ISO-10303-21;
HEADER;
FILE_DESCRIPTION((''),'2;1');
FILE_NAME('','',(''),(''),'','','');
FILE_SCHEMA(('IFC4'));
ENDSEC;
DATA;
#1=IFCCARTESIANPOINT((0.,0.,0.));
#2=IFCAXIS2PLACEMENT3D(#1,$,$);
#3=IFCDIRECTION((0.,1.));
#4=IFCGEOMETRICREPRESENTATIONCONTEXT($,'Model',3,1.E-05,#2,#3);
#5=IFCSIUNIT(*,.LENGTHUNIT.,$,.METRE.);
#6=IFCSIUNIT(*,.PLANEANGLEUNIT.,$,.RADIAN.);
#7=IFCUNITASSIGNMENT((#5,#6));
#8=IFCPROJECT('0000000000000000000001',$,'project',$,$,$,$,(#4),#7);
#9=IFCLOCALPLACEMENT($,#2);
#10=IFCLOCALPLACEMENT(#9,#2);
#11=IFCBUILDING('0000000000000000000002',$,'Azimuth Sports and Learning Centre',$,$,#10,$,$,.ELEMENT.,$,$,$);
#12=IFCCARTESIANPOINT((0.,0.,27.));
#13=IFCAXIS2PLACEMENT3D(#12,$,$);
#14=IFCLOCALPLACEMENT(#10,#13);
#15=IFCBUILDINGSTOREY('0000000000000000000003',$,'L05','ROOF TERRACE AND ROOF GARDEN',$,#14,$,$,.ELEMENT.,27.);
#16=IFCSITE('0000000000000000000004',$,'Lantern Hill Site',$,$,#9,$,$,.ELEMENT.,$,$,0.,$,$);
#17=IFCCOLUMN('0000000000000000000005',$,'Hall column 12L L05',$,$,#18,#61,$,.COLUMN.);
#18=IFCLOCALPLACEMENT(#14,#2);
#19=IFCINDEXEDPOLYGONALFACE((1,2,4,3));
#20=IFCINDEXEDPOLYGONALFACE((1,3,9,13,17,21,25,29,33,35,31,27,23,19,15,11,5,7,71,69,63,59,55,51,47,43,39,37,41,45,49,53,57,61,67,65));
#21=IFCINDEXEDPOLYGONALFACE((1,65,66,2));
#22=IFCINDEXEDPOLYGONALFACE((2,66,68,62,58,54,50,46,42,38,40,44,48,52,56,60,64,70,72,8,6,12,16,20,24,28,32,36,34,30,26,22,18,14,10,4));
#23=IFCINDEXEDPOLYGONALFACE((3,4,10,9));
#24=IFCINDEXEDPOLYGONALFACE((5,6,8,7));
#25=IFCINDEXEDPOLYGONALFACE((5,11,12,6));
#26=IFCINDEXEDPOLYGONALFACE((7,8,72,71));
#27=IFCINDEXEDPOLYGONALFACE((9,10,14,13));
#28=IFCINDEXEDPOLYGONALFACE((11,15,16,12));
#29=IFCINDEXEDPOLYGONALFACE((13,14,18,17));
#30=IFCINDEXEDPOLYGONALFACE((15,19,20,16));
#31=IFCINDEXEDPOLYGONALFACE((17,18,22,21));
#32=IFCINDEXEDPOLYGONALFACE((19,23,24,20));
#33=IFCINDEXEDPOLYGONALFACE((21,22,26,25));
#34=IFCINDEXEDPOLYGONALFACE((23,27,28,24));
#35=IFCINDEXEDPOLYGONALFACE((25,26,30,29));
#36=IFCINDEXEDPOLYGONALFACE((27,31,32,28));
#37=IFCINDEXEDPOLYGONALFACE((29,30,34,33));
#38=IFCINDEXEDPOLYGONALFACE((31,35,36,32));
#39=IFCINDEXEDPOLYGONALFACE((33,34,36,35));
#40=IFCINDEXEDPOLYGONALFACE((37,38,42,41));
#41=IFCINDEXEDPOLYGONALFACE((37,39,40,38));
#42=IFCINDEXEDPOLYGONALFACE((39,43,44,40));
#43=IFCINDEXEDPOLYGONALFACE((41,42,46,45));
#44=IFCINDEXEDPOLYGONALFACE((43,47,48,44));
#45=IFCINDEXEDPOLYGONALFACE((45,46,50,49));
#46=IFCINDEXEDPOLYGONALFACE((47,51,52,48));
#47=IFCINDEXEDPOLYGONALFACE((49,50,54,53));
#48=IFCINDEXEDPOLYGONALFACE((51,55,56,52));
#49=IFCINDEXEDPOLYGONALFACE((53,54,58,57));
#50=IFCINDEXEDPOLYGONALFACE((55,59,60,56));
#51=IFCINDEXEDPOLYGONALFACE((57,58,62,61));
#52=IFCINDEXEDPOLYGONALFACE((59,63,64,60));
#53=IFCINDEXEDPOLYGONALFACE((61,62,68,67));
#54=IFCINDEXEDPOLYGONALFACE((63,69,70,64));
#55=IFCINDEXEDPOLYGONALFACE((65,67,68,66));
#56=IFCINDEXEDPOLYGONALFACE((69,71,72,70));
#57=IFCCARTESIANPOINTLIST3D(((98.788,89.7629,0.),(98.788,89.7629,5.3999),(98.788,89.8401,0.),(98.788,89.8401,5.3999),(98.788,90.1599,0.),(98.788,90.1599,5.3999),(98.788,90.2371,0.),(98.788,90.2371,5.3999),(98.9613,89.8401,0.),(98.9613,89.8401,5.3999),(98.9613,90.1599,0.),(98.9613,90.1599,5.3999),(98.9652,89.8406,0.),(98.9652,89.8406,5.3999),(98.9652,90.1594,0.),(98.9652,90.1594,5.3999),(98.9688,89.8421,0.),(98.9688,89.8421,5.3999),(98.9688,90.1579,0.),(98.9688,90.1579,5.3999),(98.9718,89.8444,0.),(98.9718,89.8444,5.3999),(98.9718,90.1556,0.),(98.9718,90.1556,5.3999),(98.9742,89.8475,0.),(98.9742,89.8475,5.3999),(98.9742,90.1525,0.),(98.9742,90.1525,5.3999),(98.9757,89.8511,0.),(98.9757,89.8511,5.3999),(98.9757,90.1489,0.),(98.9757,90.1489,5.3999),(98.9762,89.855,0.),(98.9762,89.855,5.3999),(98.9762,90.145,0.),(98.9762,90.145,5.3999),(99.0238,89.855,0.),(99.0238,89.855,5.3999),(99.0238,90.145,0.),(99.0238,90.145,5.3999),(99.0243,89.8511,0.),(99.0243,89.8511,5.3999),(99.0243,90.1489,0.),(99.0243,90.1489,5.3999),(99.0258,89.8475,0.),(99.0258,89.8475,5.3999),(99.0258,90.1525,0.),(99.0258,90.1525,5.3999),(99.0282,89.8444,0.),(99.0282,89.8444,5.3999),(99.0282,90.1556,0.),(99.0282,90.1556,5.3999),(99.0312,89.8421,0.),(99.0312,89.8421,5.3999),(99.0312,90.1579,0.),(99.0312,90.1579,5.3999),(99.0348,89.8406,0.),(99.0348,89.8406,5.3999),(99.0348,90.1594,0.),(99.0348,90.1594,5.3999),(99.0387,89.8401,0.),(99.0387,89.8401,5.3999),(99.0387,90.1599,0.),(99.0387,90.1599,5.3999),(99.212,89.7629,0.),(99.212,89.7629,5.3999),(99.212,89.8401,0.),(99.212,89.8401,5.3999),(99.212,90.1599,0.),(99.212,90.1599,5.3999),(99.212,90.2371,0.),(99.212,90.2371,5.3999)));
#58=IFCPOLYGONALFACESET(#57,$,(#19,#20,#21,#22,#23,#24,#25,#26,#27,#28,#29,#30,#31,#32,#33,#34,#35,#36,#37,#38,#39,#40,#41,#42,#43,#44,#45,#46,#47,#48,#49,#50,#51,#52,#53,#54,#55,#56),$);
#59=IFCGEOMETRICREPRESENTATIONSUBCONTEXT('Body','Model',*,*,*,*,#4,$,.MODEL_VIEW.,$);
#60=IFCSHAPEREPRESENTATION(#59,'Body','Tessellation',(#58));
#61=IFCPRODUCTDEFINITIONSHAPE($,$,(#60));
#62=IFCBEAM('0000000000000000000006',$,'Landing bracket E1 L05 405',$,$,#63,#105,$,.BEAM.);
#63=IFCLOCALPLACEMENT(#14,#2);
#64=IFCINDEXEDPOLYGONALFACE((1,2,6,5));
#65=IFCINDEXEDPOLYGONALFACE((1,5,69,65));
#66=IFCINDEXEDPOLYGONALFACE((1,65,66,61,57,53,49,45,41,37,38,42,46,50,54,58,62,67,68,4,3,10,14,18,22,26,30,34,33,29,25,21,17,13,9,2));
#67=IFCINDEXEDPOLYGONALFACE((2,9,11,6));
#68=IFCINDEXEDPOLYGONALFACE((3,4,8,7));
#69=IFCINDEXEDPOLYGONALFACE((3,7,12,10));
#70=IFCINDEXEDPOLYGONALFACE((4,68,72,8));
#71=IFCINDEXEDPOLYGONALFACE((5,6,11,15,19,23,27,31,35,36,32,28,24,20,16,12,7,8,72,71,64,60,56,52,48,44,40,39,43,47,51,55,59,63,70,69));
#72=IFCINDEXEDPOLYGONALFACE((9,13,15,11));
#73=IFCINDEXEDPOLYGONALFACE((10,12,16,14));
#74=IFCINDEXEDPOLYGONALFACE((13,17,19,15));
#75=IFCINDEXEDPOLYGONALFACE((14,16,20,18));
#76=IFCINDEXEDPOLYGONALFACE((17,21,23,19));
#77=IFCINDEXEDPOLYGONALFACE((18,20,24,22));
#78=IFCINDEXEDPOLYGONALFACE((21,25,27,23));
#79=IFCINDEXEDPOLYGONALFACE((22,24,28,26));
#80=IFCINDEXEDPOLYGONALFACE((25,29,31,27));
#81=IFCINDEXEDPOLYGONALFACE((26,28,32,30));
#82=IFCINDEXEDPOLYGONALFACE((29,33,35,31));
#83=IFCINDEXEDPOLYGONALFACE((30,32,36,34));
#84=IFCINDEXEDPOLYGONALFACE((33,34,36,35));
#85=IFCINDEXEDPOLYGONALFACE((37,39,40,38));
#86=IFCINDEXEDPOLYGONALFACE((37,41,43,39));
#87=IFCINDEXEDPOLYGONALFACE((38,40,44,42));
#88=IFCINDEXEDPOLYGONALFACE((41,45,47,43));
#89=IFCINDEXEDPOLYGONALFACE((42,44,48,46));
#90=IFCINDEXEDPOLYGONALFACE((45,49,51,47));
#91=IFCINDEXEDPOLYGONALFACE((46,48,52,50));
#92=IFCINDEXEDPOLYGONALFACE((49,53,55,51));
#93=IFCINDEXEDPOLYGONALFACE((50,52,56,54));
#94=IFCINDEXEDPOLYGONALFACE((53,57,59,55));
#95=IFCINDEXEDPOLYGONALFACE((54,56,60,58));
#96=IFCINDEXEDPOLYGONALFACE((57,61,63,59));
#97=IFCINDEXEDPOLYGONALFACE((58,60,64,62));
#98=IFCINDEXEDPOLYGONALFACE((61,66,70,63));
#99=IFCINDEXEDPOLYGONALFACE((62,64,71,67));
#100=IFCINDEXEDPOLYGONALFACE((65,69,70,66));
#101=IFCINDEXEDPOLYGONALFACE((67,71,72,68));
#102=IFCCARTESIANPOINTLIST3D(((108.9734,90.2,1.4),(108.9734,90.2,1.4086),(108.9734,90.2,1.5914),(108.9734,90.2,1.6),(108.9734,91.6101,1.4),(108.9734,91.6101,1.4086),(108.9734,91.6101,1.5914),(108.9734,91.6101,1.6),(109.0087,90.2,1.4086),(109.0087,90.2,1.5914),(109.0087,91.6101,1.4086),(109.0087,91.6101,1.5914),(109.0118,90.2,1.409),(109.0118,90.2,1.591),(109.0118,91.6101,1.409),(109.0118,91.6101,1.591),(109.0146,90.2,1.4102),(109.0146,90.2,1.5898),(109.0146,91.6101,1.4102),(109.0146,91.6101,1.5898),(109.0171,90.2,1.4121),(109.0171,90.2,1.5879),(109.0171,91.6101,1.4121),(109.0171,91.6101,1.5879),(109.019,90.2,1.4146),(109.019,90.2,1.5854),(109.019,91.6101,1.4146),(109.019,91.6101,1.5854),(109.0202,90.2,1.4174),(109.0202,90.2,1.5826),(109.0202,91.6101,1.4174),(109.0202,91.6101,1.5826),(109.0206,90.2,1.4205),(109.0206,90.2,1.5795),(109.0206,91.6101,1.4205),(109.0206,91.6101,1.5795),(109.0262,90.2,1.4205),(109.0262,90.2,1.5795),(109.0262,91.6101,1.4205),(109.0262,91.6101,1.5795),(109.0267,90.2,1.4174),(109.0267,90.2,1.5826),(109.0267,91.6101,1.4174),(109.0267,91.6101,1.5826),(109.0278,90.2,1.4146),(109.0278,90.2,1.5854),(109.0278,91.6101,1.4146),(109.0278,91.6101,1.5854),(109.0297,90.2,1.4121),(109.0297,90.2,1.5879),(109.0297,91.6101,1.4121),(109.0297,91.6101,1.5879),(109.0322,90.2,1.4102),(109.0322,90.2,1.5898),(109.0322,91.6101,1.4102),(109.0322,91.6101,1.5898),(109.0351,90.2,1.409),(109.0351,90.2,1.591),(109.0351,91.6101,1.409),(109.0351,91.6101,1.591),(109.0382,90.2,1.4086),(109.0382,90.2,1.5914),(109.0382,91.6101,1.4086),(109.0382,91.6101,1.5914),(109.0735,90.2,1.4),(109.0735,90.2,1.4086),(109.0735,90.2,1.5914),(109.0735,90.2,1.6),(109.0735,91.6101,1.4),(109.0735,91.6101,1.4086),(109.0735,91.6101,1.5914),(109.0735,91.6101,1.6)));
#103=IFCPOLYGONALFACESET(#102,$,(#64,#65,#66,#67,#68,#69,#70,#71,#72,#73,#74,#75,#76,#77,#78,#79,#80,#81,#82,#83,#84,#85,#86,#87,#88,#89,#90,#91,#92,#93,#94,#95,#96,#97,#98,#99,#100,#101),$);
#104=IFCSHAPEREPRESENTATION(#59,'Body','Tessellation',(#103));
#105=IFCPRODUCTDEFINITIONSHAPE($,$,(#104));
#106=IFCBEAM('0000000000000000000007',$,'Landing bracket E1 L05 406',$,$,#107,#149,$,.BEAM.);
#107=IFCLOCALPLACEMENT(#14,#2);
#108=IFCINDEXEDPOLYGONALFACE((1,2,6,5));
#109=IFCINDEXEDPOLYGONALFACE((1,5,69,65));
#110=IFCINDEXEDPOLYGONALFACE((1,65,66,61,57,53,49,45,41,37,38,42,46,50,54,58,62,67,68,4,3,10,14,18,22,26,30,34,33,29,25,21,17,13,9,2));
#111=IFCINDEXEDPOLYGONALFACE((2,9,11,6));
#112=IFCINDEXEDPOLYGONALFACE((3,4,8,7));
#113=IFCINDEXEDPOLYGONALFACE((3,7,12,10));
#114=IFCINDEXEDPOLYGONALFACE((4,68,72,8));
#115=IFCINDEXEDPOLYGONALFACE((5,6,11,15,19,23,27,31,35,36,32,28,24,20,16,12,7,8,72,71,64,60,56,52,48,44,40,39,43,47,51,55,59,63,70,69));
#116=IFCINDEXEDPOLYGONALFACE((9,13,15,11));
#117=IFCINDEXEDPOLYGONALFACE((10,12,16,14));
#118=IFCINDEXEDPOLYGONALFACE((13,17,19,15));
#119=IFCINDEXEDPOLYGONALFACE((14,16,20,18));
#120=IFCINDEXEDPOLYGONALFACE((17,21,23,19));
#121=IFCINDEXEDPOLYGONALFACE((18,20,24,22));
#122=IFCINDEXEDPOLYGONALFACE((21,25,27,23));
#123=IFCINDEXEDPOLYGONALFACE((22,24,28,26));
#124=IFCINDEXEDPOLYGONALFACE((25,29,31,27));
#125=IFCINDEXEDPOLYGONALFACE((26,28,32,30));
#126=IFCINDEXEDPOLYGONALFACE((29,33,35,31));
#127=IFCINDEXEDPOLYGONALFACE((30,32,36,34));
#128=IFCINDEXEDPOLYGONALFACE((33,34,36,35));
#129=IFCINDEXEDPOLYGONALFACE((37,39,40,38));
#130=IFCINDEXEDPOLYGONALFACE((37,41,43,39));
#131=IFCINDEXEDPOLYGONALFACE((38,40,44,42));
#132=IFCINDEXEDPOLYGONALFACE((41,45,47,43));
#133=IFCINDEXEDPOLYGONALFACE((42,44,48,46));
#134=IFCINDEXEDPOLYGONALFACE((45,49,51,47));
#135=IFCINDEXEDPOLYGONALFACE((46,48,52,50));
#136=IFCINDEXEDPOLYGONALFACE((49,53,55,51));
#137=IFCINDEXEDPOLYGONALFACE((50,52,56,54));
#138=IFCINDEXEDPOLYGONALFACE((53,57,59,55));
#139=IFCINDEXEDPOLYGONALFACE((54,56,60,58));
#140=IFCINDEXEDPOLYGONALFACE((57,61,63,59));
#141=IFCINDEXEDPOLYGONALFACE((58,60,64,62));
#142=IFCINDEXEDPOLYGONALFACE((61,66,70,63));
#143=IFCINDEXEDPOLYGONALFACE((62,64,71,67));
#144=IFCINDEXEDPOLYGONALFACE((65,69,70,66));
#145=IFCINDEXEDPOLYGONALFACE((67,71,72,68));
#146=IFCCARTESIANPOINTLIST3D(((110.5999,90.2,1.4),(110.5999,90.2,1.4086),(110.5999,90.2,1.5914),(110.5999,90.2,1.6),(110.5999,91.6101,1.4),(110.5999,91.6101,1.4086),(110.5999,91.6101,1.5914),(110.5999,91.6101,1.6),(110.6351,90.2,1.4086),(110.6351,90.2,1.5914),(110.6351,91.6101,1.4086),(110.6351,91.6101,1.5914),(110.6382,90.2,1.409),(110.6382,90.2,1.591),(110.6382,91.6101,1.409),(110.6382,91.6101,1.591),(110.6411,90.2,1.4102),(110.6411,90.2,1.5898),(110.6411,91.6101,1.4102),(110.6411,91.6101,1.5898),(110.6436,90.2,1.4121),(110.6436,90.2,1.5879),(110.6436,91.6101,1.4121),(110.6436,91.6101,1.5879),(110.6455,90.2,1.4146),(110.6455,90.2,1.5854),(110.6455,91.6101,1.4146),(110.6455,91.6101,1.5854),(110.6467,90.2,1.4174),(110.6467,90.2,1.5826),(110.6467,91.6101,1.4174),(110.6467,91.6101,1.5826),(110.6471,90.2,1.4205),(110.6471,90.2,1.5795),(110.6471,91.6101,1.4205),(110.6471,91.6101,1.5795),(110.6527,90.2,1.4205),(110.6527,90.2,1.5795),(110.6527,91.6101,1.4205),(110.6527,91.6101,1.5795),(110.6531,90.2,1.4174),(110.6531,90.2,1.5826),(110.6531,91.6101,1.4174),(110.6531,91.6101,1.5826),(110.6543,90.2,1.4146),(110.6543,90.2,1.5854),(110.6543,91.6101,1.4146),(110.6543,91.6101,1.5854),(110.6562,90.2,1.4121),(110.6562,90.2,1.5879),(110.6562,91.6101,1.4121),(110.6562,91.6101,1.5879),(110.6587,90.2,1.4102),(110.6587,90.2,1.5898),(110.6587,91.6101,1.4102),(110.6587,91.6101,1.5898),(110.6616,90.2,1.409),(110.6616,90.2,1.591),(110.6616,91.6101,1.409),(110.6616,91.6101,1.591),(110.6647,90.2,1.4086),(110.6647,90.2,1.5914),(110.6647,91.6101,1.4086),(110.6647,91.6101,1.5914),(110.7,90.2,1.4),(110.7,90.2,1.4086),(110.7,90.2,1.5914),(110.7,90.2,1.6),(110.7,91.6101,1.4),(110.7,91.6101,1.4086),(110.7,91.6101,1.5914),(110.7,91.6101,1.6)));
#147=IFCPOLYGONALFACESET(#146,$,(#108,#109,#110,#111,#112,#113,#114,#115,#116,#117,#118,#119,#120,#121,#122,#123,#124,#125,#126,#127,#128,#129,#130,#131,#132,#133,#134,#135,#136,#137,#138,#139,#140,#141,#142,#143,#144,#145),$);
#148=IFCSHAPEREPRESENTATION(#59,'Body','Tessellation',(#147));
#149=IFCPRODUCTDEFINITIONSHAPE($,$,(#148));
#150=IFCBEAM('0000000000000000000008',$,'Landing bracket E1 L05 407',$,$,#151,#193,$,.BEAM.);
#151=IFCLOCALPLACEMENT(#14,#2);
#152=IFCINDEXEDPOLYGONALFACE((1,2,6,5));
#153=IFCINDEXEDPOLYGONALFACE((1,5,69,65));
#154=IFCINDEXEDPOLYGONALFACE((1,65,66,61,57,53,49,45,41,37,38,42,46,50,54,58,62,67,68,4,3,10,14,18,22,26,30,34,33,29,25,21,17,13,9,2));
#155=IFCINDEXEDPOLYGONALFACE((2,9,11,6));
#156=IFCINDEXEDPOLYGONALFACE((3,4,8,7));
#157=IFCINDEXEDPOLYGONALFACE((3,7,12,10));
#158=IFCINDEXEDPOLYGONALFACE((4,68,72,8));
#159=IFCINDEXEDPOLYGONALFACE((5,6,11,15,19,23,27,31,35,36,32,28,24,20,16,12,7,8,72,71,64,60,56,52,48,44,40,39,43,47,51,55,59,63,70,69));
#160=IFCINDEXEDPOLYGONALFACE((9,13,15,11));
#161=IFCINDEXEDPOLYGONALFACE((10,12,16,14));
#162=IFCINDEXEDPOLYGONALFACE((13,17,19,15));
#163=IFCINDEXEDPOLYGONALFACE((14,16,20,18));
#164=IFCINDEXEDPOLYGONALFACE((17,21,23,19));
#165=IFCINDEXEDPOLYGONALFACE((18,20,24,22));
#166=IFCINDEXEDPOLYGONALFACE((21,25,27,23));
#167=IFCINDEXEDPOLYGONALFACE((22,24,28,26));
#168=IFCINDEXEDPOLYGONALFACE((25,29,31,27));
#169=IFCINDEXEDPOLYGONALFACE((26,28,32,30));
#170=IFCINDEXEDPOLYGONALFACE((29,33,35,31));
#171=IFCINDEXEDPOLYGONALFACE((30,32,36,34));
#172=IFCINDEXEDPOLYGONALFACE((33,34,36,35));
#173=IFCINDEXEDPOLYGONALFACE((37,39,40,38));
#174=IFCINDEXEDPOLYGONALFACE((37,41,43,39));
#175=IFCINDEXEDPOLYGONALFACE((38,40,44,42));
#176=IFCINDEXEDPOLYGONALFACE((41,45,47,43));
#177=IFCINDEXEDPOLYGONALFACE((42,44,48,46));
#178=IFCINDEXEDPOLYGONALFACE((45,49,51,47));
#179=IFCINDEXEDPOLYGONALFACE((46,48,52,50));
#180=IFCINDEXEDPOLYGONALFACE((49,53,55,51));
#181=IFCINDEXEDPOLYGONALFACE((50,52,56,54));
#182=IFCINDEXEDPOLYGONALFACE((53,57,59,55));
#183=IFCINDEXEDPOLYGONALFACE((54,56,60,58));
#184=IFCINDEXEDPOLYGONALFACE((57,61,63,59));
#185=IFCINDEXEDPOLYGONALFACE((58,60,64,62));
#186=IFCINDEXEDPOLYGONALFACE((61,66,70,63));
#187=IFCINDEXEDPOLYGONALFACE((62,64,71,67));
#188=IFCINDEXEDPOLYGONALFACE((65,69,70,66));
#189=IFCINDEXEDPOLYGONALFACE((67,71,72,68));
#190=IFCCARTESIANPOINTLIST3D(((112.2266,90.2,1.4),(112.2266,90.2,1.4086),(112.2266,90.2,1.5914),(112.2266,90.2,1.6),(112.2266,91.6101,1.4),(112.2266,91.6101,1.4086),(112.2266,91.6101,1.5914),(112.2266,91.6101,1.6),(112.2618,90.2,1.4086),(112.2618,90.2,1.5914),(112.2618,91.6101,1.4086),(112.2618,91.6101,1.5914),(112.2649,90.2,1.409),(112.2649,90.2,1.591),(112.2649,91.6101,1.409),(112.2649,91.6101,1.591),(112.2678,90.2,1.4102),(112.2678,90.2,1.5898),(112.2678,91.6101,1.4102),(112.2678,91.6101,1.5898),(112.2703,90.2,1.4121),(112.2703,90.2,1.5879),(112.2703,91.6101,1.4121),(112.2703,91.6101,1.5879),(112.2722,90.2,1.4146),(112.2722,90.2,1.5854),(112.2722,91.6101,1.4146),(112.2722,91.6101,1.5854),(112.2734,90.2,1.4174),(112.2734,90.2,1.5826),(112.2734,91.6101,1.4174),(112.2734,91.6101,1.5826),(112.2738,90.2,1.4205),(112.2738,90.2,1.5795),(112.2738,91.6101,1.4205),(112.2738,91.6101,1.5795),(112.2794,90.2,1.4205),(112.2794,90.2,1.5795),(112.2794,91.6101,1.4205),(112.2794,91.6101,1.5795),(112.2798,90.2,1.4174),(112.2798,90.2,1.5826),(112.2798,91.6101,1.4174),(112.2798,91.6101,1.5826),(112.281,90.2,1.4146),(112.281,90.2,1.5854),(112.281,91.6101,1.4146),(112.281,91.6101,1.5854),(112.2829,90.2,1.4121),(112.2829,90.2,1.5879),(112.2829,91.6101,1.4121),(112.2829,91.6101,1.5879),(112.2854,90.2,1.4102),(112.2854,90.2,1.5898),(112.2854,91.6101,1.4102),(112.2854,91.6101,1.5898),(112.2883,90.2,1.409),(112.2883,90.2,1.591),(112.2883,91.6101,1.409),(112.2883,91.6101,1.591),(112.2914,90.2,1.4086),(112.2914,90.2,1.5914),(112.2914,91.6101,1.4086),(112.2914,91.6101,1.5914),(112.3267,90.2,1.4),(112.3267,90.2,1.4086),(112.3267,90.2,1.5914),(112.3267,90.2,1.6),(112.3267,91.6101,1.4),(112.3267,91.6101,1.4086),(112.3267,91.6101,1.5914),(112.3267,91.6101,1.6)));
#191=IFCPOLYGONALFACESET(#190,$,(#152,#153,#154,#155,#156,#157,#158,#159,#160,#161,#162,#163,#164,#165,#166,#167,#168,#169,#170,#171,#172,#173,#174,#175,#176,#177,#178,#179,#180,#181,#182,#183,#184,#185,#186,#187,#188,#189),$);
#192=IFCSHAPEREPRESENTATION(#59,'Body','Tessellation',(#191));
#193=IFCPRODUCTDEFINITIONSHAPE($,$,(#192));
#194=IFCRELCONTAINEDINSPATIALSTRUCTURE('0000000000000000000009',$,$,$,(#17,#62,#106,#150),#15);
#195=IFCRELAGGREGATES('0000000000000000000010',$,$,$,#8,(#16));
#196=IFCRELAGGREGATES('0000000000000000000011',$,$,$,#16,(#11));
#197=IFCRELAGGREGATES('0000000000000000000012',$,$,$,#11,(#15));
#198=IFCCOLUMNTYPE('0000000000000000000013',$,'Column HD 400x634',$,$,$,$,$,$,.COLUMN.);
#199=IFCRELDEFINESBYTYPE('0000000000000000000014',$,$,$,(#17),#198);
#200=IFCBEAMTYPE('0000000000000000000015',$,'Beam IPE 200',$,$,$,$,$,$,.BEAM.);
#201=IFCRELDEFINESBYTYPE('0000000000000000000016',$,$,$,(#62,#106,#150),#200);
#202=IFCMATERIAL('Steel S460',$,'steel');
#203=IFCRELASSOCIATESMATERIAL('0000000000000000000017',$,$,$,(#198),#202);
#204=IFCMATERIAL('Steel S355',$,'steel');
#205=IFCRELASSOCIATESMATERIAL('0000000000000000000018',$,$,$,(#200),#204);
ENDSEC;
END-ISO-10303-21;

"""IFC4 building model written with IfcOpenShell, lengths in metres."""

from ifc_helpers import new_model, si_unit, direction, frame, origin, origin_2d, place, context, subcontext, project, spatial, i_section, extrude, material, material_profile, profile_set, type_object, element, save


model = new_model("IFC4")

# Units and contexts
model_context = context("Model", 3, precision=1e-05, world=origin(), true_north=direction((0.0, 1.0)))
body_context = subcontext(model_context, "Body", "Model", "MODEL_VIEW")
ifc_project = project(units=[si_unit("LENGTHUNIT", "METRE"), si_unit("PLANEANGLEUNIT", "RADIAN")], contexts=[model_context])

# Site, building, storey
site_placement = place(None, origin())
site = spatial("IfcSite", under=ifc_project, at=site_placement, Name="Lantern Hill Site", CompositionType="ELEMENT", RefElevation=0.0)
building_placement = place(site_placement, origin())
building = spatial("IfcBuilding", under=site, at=building_placement, Name="Azimuth Sports and Learning Centre", CompositionType="ELEMENT")
storey_placement = place(building_placement, frame((0.0, 0.0, 27.0)))
storey = spatial("IfcBuildingStorey", under=building, at=storey_placement, Name="L05", Description="ROOF TERRACE AND ROOF GARDEN", CompositionType="ELEMENT", Elevation=27.0)

# Column
ifc_material_1 = material(Name="Steel S460", Category="steel")
ifc_material_profile_1 = material_profile(ifc_material_1, i_section(OverallWidth=0.4241, OverallDepth=0.4741, WebThickness=0.0476, FlangeThickness=0.0771, FilletRadius=0.0149, at=origin_2d()), Name="HD 400x634")
ifc_profile_set_1 = profile_set([ifc_material_profile_1], Name="Steel S460")
column_type = type_object("IfcColumnType", Name="Column HD 400x634", PredefinedType="COLUMN", material=ifc_profile_set_1)
column_placement = place(storey_placement, frame((99.0, 90.0, 0.0), z_axis=(0.0, 0.0, 1.0), x_axis=(1.0, 0.0, 0.0)))
element("IfcColumn", 1, at=column_placement, inside=storey, type_object=column_type, Name="Hall column 12L L05", PredefinedType="COLUMN", context=body_context, shape_type="SweptSolid", body=[
    extrude(i_section(OverallWidth=0.4241, OverallDepth=0.4741, WebThickness=0.0476, FlangeThickness=0.0771, FilletRadius=0.0149, at=origin_2d()), origin(), (0.0, 0.0, 1.0), 5.3999),
])

# Beams
ifc_material_2 = material(Name="Steel S355", Category="steel")
ifc_material_profile_2 = material_profile(ifc_material_2, i_section(OverallWidth=0.1001, OverallDepth=0.2, WebThickness=0.0056, FlangeThickness=0.0085, FilletRadius=0.012, at=origin_2d()), Name="IPE 200")
ifc_profile_set_2 = profile_set([ifc_material_profile_2], Name="Steel S355")
beam_type_1 = type_object("IfcBeamType", Name="Beam IPE 200", PredefinedType="BEAM", material=ifc_profile_set_2)
for number, where, z_axis, x_axis, name in (
    (2, (109.0234, 90.2, 1.5), (0.0, 1.0, 0.0), (-1.0, 0.0, 0.0), "Landing bracket E1 L05 405"),
    (3, (110.6499, 90.2, 1.5), (0.0, 1.0, 0.0), (-1.0, 0.0, 0.0), "Landing bracket E1 L05 406"),
    (4, (112.2766, 90.2, 1.5), (0.0, 1.0, 0.0), (-1.0, 0.0, 0.0), "Landing bracket E1 L05 407"),
):
    element("IfcBeam", number, at=place(storey_placement, frame(where, z_axis=z_axis, x_axis=x_axis)), inside=storey, type_object=beam_type_1, Name=name, PredefinedType="BEAM", context=body_context, shape_type="SweptSolid", body=[
        extrude(i_section(OverallWidth=0.1001, OverallDepth=0.2, WebThickness=0.0056, FlangeThickness=0.0085, FilletRadius=0.012, at=origin_2d()), origin(), (0.0, 0.0, 1.0), 1.4102),
    ])

save(model, "model.ifc")
